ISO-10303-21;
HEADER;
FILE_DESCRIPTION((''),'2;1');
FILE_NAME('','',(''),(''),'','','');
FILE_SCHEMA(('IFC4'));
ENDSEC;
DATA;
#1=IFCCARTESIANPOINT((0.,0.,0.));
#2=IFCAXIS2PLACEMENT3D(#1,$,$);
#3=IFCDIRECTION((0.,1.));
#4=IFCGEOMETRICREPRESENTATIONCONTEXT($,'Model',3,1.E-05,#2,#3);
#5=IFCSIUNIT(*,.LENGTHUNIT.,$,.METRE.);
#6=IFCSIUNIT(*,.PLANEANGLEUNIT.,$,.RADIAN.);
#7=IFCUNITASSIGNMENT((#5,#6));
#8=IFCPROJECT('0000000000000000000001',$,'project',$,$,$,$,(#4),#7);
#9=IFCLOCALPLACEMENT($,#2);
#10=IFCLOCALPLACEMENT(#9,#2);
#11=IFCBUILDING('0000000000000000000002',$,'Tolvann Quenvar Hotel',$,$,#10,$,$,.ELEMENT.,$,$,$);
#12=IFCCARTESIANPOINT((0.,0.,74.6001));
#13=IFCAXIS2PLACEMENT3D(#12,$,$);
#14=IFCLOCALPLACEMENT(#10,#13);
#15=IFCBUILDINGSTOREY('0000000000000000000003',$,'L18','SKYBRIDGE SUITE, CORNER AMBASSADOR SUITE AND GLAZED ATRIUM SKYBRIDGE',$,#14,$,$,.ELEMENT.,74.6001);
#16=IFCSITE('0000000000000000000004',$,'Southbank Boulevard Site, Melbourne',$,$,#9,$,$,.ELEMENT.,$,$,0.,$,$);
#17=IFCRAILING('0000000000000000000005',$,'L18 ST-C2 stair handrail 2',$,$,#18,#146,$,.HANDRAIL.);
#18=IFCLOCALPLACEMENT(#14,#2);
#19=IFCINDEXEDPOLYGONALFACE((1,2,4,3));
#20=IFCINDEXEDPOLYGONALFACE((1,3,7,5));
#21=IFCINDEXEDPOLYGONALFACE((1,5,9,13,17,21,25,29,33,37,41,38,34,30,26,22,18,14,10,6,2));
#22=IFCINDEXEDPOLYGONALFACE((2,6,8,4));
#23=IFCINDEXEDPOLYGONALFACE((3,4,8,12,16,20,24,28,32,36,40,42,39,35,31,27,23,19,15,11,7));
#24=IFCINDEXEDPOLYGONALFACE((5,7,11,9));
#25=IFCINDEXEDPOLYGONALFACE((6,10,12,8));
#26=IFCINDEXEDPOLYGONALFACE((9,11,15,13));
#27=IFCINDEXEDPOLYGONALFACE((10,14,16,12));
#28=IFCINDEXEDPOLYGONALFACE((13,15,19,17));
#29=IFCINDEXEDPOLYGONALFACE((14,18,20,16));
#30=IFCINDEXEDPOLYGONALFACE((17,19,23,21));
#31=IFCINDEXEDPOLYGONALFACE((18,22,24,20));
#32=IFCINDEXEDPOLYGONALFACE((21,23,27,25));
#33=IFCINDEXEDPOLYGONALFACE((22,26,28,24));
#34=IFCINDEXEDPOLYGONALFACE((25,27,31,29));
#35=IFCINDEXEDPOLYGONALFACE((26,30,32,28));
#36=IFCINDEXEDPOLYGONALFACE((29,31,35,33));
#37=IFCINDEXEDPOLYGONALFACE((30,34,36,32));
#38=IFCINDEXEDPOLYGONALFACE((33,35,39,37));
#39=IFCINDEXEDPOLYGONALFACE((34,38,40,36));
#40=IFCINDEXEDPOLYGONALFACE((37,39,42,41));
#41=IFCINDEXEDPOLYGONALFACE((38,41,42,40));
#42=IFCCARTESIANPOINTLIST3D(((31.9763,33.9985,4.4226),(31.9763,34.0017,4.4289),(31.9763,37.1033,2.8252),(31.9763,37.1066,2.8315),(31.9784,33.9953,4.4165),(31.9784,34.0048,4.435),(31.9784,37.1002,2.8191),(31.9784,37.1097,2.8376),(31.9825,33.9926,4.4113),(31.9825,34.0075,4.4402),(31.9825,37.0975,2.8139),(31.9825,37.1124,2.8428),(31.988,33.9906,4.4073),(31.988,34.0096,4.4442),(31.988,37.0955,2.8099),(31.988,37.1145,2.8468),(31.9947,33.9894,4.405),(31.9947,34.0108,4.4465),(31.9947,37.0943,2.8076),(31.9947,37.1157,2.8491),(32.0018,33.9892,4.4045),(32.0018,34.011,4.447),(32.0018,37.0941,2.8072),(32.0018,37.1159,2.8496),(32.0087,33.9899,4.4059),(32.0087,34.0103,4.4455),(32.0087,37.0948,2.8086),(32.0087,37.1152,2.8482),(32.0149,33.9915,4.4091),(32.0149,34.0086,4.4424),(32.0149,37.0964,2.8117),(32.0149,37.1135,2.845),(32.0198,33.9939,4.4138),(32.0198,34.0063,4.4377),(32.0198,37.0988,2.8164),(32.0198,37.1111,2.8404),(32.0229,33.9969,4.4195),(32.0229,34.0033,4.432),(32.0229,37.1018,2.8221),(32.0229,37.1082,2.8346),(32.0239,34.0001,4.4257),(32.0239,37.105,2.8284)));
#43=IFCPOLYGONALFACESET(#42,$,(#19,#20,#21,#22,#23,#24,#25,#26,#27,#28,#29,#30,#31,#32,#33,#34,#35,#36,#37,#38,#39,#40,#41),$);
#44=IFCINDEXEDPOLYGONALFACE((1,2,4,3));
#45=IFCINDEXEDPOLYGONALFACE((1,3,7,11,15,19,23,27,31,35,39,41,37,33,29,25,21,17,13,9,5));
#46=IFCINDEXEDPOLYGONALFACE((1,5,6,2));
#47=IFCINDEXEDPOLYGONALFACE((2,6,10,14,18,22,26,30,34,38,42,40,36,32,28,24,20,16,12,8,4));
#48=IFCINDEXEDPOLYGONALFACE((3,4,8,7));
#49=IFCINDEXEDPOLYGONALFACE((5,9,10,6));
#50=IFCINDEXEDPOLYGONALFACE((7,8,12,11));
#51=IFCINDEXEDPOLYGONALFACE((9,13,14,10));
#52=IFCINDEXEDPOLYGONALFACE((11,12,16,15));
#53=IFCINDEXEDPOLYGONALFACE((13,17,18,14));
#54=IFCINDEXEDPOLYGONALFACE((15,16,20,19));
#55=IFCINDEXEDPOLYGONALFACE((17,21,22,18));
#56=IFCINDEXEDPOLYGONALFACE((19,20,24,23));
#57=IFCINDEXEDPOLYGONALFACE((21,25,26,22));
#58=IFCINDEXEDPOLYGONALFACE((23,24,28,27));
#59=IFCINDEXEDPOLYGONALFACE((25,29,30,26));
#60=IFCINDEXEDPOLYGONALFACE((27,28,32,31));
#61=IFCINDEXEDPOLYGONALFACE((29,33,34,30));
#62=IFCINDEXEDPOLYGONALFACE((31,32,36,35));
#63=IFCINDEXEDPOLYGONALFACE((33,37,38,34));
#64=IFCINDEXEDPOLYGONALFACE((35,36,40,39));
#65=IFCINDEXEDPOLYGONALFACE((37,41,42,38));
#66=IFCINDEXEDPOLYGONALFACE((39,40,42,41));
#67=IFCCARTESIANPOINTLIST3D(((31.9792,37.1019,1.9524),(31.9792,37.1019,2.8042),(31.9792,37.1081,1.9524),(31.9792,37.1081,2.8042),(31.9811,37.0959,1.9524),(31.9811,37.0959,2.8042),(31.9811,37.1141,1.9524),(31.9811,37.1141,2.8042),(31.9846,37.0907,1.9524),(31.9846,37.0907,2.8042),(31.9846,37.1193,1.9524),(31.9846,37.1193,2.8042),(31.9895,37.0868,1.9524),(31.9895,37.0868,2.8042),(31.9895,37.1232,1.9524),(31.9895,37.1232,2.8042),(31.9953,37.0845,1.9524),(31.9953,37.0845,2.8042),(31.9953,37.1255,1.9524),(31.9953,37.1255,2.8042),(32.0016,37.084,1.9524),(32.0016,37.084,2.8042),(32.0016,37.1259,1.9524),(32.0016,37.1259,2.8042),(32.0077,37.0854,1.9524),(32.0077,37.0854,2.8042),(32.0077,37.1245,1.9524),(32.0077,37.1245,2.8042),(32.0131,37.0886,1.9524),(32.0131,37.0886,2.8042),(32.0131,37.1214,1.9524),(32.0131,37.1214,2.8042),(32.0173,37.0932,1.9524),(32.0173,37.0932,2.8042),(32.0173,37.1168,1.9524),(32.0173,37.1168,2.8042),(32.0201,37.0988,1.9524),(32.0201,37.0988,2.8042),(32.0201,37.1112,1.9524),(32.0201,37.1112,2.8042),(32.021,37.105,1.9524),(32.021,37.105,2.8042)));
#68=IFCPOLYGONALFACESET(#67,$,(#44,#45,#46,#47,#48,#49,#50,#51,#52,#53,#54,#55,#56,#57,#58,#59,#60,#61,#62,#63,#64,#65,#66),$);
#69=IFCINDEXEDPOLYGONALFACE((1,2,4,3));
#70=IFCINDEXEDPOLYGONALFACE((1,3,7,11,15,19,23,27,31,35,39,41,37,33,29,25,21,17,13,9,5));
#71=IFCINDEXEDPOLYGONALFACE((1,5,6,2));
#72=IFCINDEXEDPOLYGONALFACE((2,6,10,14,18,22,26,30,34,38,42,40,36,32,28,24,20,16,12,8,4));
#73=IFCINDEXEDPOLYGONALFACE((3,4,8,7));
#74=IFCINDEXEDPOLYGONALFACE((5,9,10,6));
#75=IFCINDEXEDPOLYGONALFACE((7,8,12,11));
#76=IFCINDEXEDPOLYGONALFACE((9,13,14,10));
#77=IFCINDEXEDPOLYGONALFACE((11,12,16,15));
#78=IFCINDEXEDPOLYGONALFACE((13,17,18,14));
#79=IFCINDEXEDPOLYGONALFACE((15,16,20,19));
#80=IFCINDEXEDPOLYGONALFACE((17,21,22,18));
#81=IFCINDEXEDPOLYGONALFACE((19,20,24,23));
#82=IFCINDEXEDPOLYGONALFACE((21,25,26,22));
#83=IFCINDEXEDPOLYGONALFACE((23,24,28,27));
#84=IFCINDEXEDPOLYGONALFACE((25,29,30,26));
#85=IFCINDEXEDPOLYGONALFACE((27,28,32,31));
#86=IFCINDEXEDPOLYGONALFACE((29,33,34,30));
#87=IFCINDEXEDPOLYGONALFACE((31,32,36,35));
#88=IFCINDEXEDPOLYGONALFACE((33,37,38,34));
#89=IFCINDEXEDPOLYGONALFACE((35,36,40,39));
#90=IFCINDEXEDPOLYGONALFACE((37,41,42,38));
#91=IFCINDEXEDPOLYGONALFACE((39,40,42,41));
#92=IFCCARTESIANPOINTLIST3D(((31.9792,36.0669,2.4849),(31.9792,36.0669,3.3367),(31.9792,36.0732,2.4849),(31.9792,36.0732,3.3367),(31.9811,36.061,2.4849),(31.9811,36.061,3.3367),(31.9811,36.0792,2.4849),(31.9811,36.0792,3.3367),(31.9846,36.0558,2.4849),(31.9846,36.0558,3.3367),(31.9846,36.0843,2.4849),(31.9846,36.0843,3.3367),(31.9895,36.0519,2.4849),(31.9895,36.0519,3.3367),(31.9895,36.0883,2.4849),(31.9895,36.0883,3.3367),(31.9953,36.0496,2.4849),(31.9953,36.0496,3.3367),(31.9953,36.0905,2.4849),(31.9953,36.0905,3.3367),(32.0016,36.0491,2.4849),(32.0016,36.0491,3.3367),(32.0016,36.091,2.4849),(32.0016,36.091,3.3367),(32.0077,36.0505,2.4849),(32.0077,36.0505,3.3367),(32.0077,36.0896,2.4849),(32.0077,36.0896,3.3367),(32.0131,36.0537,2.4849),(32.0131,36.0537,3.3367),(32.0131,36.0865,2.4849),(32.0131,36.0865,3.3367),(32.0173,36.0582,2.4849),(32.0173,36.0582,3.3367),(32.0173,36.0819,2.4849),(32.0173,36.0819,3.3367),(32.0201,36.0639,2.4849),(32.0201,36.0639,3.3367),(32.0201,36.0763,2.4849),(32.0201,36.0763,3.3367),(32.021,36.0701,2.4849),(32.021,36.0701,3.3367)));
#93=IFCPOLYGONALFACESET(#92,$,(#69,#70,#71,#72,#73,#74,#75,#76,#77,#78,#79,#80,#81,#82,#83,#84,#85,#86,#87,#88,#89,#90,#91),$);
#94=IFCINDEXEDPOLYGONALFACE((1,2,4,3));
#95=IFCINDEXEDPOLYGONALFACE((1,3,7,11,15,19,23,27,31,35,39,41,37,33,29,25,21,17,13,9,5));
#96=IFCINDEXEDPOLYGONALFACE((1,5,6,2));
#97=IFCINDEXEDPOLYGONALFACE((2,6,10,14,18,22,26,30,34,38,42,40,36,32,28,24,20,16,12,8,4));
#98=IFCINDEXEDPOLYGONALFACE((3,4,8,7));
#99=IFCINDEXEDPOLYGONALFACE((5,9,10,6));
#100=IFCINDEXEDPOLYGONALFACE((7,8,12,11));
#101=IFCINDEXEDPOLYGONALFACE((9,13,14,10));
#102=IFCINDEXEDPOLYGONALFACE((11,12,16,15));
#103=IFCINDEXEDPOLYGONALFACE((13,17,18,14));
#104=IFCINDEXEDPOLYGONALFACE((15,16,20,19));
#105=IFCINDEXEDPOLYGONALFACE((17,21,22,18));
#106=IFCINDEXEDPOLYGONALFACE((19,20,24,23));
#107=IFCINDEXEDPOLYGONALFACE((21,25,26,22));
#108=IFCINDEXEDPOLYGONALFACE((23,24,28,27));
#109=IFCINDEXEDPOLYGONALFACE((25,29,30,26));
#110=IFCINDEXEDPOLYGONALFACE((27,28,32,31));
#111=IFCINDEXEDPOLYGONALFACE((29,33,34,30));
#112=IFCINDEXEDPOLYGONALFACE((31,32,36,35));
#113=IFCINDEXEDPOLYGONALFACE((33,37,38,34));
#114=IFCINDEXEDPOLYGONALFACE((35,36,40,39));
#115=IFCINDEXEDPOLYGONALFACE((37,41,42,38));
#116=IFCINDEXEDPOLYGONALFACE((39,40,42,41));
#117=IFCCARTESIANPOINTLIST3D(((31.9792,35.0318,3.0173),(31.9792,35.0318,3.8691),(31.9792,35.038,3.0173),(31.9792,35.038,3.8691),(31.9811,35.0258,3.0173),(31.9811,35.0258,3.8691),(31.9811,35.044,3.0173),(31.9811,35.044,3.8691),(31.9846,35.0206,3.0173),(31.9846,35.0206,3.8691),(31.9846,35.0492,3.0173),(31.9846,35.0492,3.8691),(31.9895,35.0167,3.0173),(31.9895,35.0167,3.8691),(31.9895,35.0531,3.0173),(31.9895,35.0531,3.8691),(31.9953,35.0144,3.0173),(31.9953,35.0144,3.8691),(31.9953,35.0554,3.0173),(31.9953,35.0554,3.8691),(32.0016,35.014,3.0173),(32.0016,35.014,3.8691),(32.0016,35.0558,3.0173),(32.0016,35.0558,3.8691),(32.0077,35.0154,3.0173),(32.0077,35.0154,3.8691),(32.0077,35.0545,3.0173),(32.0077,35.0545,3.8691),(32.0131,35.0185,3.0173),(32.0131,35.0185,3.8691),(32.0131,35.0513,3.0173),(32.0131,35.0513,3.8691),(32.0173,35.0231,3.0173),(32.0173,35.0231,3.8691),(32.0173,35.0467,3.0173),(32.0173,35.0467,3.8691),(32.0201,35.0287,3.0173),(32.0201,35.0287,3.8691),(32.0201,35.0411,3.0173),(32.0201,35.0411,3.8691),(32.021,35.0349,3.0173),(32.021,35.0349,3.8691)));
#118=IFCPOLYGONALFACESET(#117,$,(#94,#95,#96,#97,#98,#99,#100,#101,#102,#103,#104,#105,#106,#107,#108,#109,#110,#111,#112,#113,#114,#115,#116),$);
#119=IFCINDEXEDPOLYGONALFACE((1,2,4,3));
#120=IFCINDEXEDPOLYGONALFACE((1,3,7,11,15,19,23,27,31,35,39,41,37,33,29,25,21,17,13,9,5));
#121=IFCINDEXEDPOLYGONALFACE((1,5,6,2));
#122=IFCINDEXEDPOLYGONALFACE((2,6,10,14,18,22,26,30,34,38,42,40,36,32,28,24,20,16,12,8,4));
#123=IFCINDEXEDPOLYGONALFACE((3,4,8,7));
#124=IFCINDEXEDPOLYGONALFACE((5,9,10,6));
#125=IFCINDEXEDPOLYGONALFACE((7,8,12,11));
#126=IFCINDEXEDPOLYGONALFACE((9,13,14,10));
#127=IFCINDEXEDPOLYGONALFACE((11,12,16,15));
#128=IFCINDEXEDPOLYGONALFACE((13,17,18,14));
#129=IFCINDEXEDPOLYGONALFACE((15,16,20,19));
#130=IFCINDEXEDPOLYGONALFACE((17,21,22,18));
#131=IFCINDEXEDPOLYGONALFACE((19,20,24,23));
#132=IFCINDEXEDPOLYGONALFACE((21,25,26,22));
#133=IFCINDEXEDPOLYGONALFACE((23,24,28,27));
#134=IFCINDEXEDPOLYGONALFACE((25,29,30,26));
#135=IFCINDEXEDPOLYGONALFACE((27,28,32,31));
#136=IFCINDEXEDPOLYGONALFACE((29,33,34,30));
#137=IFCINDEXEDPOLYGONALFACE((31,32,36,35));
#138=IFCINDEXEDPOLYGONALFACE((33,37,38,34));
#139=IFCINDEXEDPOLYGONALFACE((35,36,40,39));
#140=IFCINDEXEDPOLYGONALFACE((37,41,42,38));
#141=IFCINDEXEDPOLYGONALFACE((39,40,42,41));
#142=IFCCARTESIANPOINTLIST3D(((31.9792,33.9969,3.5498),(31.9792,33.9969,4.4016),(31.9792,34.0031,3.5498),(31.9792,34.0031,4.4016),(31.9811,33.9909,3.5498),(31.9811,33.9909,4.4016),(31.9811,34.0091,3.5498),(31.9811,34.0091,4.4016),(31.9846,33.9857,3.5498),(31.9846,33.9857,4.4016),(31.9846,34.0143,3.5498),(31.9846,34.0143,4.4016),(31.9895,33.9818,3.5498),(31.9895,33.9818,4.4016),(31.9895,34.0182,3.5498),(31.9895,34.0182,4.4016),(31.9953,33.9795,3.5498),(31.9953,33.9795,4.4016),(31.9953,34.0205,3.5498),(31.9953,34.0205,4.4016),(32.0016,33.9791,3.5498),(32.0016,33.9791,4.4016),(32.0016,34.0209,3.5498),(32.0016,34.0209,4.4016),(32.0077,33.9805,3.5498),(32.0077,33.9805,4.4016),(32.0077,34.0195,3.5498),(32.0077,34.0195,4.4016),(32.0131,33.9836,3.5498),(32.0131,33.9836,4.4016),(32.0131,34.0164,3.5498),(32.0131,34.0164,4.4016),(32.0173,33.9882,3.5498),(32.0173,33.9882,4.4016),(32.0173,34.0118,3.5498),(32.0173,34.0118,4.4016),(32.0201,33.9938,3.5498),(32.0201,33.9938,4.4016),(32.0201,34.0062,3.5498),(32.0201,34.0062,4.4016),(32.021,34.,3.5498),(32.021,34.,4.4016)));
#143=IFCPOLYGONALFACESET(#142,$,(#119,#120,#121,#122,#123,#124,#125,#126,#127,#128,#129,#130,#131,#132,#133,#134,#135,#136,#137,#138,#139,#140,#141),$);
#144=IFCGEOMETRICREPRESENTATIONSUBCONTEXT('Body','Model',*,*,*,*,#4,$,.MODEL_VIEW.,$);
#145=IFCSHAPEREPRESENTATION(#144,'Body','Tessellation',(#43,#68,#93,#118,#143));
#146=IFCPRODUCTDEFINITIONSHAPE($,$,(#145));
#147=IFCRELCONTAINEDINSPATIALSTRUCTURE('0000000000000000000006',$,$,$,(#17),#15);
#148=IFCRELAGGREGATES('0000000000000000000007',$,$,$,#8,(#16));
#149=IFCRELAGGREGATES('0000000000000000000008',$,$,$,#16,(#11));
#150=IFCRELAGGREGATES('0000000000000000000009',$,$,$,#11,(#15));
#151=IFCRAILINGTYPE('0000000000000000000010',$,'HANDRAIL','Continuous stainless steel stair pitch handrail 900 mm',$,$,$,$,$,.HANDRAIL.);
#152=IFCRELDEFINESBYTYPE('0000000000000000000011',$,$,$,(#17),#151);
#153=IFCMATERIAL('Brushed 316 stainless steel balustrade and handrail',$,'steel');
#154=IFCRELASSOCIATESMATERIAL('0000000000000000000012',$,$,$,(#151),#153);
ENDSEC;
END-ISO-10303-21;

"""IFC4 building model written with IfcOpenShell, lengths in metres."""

from ifc_helpers import new_model, si_unit, direction, frame, origin, origin_2d, place, context, subcontext, project, spatial, circle, extrude, material, type_object, element, save


model = new_model("IFC4")

# Units and contexts
model_context = context("Model", 3, precision=1e-05, world=origin(), true_north=direction((0.0, 1.0)))
body_context = subcontext(model_context, "Body", "Model", "MODEL_VIEW")
ifc_project = project(units=[si_unit("LENGTHUNIT", "METRE"), si_unit("PLANEANGLEUNIT", "RADIAN")], contexts=[model_context])

# Site, building, storey
site_placement = place(None, origin())
site = spatial("IfcSite", under=ifc_project, at=site_placement, Name="Southbank Boulevard Site, Melbourne", CompositionType="ELEMENT", RefElevation=0.0)
building_placement = place(site_placement, origin())
building = spatial("IfcBuilding", under=site, at=building_placement, Name="Tolvann Quenvar Hotel", CompositionType="ELEMENT")
storey_placement = place(building_placement, frame((0.0, 0.0, 74.6001)))
storey = spatial("IfcBuildingStorey", under=building, at=storey_placement, Name="L18", Description="SKYBRIDGE SUITE, CORNER AMBASSADOR SUITE AND GLAZED ATRIUM SKYBRIDGE", CompositionType="ELEMENT", Elevation=74.6001)

# Railing
ifc_material_1 = material(Name="Brushed 316 stainless steel balustrade and handrail", Category="steel")
railing_type_1 = type_object("IfcRailingType", Name="HANDRAIL", Description="Continuous stainless steel stair pitch handrail 900 mm", PredefinedType="HANDRAIL", material=ifc_material_1)
railing_1_placement = place(storey_placement, frame((32.0, 37.105, 1.9524)))
element("IfcRailing", 1, at=railing_1_placement, inside=storey, type_object=railing_type_1, Name="L18 ST-C2 stair handrail 2", PredefinedType="HANDRAIL", context=body_context, shape_type="SweptSolid", body=[
    extrude(circle(Radius=0.0239, at=origin_2d()), frame((0.0, 0.0, 0.876), z_axis=(0.0, -0.889222, 0.457476), x_axis=(1.0, 0.0, 0.0)), (0.0, 0.0, 1.0), 3.4917),
    extrude(circle(Radius=0.021, at=origin_2d()), origin(), (0.0, 0.0, 1.0), 0.8518),
    extrude(circle(Radius=0.021, at=origin_2d()), frame((0.0, -1.0349, 0.5325)), (0.0, 0.0, 1.0), 0.8518),
    extrude(circle(Radius=0.021, at=origin_2d()), frame((0.0, -2.0701, 1.0649)), (0.0, 0.0, 1.0), 0.8518),
    extrude(circle(Radius=0.021, at=origin_2d()), frame((0.0, -3.105, 1.5974)), (0.0, 0.0, 1.0), 0.8518),
])

save(model, "model.ifc")
